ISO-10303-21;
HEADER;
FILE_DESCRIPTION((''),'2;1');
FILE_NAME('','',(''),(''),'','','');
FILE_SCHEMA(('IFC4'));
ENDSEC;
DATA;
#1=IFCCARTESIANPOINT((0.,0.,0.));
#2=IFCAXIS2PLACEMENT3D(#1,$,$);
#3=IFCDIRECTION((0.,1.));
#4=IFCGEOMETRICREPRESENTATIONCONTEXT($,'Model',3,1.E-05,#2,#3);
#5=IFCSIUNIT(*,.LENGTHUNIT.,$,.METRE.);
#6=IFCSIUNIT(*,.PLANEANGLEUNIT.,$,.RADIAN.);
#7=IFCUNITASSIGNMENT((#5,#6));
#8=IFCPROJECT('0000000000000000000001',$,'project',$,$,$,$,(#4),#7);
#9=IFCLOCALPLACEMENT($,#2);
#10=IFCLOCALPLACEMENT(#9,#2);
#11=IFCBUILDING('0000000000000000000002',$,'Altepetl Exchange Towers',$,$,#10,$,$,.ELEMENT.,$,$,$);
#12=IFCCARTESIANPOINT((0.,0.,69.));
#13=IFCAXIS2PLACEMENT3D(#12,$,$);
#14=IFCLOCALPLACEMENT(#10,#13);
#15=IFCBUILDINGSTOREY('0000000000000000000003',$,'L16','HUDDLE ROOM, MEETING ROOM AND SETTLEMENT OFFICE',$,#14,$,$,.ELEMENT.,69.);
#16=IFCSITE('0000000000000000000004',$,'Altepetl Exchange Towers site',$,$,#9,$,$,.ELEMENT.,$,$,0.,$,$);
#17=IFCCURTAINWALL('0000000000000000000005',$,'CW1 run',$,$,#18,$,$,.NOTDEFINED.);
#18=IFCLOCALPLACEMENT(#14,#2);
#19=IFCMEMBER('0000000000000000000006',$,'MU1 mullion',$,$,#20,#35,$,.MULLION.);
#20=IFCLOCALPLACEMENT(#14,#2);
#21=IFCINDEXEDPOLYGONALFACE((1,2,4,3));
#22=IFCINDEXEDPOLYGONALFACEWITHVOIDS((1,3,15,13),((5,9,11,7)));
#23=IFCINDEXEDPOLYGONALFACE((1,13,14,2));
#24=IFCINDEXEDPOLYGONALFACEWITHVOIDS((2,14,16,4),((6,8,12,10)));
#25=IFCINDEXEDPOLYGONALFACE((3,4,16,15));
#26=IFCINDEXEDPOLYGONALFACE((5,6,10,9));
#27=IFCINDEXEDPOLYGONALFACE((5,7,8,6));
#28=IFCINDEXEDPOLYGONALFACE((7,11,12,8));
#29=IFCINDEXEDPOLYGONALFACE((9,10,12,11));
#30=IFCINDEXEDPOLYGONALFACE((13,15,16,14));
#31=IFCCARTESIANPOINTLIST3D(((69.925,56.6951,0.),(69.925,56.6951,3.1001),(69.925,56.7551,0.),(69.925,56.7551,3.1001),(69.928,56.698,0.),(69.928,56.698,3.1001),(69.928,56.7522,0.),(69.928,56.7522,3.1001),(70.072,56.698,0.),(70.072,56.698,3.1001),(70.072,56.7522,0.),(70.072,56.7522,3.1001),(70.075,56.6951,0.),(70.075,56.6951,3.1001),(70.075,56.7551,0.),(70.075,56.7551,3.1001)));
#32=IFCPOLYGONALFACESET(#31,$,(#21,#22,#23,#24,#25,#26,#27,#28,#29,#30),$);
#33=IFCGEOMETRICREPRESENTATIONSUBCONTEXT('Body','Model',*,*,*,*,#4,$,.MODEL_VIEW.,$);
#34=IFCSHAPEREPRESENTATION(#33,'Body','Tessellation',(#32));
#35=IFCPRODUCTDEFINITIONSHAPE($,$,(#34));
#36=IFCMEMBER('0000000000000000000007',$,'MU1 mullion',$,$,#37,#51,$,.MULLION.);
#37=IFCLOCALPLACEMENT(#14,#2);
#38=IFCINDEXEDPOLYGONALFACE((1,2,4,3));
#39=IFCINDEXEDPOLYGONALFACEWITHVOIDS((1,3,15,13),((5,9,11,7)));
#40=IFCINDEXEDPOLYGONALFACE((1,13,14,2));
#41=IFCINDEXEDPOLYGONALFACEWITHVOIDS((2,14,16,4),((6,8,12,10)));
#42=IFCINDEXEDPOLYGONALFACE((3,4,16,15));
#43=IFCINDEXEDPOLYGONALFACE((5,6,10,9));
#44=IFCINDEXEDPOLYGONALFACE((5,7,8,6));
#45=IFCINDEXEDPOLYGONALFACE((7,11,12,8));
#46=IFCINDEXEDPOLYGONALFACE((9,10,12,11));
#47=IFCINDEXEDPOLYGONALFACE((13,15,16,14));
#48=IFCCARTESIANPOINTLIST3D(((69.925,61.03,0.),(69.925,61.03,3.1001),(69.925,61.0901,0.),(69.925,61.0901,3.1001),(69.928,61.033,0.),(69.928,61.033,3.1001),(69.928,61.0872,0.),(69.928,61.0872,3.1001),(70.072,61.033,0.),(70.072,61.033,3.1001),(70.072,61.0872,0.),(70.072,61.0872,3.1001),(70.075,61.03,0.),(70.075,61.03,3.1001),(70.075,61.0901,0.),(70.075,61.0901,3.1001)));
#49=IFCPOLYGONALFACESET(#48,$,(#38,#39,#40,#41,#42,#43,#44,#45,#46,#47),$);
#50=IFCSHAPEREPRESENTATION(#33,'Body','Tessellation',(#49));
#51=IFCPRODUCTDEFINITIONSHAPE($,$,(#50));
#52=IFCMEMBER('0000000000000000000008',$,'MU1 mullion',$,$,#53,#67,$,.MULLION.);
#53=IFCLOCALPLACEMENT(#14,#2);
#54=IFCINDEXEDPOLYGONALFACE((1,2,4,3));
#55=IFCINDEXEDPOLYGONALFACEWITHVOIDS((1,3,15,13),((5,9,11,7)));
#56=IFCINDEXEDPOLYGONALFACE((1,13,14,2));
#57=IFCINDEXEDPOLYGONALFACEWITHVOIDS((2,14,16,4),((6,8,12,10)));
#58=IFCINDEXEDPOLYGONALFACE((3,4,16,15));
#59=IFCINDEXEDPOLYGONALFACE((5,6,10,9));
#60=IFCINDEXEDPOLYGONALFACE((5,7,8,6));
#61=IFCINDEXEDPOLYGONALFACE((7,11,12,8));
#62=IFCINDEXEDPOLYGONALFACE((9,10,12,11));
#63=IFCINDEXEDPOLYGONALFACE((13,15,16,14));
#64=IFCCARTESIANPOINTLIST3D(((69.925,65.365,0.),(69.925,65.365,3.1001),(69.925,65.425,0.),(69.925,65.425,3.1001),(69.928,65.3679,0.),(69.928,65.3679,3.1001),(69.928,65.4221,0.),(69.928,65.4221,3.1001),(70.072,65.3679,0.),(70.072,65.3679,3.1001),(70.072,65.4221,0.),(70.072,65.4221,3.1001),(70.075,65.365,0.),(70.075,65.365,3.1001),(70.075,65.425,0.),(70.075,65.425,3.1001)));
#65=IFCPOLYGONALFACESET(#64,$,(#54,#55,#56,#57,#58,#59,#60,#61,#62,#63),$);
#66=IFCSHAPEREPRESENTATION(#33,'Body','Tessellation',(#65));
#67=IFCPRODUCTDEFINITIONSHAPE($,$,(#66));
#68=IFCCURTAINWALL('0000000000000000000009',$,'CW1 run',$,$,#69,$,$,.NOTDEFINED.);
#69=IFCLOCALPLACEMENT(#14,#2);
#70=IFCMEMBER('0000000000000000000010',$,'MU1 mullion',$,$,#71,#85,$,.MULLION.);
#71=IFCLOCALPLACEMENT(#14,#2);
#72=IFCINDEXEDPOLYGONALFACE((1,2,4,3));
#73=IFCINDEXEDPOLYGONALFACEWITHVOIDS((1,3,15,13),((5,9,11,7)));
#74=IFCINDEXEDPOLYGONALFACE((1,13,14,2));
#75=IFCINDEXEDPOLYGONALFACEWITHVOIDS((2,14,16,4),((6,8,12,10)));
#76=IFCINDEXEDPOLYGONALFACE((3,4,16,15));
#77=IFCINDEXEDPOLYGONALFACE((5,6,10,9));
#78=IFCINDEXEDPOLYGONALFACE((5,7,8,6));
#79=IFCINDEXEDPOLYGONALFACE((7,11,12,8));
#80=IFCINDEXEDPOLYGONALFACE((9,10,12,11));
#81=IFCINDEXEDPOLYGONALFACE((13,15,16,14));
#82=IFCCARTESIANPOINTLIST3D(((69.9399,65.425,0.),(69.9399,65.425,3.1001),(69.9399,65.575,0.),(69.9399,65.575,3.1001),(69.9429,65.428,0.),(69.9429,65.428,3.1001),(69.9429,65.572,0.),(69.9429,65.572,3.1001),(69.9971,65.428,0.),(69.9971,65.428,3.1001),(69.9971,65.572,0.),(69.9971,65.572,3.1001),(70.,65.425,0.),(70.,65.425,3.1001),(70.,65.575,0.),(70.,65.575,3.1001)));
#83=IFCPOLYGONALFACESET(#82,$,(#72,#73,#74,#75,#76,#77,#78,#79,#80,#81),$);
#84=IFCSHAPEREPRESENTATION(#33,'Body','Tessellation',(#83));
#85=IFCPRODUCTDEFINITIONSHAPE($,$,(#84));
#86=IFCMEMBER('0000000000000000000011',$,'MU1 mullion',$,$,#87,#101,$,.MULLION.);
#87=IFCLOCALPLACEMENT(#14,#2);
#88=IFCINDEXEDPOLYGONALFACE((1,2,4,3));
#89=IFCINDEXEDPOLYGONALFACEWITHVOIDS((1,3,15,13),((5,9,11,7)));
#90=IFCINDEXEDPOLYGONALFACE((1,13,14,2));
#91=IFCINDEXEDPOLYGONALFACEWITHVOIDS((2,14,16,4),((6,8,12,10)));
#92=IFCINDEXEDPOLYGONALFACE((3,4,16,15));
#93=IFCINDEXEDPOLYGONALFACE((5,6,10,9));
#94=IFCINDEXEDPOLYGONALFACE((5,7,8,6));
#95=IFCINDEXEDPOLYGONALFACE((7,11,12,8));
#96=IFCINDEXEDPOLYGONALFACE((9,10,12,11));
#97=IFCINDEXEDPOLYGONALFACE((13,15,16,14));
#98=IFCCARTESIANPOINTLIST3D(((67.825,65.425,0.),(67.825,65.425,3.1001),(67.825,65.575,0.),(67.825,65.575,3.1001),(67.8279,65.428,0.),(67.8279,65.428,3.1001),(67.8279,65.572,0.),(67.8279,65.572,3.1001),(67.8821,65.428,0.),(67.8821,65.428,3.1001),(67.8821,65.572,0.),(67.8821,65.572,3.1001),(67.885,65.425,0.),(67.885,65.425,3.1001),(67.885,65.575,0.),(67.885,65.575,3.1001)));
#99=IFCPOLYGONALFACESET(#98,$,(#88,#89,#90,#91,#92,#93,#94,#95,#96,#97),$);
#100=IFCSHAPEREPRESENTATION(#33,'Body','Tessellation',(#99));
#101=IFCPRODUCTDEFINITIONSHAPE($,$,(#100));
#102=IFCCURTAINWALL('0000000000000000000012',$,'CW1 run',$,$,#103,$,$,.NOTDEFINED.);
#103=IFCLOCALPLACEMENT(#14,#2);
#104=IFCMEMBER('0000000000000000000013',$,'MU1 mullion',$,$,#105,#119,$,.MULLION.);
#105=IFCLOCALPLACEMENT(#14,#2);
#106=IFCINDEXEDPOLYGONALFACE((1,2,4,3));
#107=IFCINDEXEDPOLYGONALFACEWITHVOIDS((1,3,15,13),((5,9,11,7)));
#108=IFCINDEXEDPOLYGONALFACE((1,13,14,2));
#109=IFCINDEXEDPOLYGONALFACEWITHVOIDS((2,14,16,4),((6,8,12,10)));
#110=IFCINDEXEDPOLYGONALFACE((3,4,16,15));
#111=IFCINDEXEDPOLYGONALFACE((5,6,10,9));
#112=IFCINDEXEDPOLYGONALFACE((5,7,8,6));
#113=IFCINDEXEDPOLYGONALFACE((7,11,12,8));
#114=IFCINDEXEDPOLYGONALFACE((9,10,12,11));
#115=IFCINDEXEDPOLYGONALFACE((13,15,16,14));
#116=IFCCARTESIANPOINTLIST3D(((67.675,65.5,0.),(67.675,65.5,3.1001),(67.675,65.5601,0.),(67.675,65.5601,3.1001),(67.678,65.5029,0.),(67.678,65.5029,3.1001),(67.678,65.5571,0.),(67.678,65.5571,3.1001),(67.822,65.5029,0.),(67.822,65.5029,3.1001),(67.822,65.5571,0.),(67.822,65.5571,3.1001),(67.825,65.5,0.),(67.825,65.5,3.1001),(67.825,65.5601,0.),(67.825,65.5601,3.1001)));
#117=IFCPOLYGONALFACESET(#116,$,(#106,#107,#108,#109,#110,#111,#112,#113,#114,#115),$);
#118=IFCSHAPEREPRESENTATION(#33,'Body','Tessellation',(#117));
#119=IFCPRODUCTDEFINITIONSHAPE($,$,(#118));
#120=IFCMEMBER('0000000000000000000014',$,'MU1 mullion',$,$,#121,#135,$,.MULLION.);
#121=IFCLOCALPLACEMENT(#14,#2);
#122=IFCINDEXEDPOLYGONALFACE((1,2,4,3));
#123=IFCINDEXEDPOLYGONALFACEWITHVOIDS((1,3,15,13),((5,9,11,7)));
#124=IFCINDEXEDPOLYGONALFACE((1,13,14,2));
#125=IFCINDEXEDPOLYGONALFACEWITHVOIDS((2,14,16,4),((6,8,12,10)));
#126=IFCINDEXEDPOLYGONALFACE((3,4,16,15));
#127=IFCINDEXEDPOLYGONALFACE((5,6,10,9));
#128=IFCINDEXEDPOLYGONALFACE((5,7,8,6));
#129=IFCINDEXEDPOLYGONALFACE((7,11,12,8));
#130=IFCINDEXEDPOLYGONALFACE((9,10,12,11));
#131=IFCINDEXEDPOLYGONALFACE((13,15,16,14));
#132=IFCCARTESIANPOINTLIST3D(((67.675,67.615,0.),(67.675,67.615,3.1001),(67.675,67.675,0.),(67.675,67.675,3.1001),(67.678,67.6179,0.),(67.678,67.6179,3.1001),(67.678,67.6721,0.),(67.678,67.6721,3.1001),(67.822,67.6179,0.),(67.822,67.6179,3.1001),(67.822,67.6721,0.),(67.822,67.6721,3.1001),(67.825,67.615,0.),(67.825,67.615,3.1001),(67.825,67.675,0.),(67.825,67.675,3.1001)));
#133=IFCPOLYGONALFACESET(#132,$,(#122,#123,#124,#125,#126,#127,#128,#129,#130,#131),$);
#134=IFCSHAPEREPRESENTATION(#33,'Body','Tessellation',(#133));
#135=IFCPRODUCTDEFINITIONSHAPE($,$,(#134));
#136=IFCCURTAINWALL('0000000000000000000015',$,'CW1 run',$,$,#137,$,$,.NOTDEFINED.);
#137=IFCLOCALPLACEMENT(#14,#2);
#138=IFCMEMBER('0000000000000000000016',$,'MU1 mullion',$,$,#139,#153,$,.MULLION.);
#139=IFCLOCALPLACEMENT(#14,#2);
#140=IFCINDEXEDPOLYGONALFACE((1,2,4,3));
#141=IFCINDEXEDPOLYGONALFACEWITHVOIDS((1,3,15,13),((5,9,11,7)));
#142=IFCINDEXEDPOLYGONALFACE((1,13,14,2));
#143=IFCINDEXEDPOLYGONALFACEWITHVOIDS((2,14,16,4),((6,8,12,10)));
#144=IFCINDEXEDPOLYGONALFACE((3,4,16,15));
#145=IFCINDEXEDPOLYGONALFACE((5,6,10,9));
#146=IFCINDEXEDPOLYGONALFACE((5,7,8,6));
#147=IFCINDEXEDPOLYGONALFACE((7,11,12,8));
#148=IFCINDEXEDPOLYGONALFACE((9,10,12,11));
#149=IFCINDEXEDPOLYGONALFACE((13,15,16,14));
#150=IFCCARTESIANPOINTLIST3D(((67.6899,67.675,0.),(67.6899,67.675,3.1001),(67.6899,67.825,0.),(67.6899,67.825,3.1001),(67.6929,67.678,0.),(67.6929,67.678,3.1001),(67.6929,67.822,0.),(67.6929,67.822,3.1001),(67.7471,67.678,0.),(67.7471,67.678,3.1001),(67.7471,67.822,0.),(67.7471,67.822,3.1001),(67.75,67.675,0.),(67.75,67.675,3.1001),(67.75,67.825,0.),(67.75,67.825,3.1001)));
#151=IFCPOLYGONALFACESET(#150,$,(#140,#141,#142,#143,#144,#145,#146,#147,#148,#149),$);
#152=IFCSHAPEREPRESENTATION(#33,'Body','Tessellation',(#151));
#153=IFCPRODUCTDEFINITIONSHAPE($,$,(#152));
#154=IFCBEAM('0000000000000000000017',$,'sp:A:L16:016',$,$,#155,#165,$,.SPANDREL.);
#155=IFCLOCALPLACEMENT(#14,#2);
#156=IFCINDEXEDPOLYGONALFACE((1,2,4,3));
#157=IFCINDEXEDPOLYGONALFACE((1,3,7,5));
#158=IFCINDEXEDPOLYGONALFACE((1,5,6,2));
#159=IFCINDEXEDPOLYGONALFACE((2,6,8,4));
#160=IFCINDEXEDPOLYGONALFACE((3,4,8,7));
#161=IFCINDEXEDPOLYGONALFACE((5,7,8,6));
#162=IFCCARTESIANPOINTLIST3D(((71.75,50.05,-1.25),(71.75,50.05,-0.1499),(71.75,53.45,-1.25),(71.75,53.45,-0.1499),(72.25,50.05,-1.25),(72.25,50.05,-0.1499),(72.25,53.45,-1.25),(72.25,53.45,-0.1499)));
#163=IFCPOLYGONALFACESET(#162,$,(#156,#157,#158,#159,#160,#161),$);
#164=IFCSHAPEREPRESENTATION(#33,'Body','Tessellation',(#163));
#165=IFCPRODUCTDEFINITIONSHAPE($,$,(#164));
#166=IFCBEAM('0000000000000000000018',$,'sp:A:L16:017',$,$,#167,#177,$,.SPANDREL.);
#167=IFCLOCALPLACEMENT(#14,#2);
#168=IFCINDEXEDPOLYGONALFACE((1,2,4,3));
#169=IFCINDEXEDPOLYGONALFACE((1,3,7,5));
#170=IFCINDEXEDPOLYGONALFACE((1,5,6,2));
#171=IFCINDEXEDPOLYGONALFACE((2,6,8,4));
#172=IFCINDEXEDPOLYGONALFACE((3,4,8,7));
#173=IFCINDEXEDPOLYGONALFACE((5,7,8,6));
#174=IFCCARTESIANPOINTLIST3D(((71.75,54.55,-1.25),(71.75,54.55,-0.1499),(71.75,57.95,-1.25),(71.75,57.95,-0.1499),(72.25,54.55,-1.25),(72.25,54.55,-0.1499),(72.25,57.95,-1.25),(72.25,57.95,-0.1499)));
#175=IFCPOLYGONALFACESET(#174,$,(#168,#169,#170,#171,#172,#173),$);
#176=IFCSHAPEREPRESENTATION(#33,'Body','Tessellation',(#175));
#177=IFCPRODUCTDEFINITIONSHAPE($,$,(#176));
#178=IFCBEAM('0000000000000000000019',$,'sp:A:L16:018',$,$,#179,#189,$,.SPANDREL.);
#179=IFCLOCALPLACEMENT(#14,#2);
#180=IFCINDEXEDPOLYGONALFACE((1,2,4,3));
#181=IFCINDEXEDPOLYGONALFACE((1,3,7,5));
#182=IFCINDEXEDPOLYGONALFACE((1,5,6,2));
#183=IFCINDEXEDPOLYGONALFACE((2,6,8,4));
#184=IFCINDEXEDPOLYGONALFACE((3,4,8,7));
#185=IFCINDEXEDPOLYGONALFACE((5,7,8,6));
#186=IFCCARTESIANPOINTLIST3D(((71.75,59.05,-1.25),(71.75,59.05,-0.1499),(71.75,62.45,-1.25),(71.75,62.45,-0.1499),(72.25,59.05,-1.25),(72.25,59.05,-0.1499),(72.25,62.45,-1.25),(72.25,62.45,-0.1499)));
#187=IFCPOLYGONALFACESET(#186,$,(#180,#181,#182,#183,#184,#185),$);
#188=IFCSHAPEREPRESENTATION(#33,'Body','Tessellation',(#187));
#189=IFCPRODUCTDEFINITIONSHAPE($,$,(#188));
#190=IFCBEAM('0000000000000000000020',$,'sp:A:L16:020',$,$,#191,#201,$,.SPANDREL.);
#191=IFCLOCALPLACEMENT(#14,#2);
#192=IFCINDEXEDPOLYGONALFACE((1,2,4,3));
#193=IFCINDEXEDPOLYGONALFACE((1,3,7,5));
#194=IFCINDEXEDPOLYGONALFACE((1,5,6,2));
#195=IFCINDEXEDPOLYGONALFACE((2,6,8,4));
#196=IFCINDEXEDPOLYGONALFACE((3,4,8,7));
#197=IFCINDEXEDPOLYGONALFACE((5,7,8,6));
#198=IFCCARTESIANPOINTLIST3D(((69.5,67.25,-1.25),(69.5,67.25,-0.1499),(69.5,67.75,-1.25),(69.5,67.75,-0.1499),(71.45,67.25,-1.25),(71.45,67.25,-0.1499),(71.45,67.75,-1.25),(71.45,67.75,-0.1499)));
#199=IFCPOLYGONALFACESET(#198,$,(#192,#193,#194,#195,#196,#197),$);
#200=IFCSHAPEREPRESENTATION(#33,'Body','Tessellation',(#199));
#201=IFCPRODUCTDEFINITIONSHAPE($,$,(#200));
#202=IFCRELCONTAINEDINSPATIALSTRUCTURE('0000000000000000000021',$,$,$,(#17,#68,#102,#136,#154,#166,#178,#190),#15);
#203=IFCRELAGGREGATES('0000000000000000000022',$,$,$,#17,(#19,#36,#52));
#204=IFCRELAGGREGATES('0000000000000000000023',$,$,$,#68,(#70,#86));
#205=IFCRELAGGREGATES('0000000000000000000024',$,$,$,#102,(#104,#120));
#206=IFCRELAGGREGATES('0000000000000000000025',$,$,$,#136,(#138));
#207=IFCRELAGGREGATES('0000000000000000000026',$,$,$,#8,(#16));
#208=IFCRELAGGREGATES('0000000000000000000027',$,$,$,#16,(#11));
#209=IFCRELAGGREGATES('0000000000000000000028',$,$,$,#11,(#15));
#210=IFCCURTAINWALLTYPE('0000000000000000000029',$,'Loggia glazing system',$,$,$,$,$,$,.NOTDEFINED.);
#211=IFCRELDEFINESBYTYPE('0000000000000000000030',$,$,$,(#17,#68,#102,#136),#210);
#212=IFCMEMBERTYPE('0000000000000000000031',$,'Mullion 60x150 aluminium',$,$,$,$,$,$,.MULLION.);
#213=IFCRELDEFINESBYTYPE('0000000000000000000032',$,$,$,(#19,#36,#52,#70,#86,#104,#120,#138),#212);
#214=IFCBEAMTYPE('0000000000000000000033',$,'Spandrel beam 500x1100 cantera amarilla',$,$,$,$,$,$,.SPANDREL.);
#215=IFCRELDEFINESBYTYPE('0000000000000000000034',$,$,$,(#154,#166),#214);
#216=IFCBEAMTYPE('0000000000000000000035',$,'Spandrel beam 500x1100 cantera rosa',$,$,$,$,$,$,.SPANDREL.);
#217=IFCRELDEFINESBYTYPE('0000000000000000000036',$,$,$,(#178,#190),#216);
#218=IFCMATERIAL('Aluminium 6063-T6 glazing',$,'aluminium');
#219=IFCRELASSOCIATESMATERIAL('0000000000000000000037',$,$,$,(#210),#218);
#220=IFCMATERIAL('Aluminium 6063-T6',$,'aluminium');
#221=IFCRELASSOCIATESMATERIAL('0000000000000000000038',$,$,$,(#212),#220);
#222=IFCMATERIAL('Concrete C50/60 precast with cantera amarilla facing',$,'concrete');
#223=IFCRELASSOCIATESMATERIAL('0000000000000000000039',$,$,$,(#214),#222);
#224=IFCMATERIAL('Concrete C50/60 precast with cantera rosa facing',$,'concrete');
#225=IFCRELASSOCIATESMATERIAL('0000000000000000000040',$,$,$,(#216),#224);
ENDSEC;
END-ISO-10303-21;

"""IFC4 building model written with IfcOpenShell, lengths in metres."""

from ifc_helpers import new_model, si_unit, direction, frame, origin, origin_2d, place, context, subcontext, project, spatial, rectangle, hollow_rectangle, extrude, material, material_profile, profile_set, type_object, element, aggregate, save


model = new_model("IFC4")

# Units and contexts
model_context = context("Model", 3, precision=1e-05, world=origin(), true_north=direction((0.0, 1.0)))
body_context = subcontext(model_context, "Body", "Model", "MODEL_VIEW")
ifc_project = project(units=[si_unit("LENGTHUNIT", "METRE"), si_unit("PLANEANGLEUNIT", "RADIAN")], contexts=[model_context])

# Site, building, storey
site_placement = place(None, origin())
site = spatial("IfcSite", under=ifc_project, at=site_placement, Name="Altepetl Exchange Towers site", CompositionType="ELEMENT", RefElevation=0.0)
building_placement = place(site_placement, origin())
building = spatial("IfcBuilding", under=site, at=building_placement, Name="Altepetl Exchange Towers", CompositionType="ELEMENT")
storey_placement = place(building_placement, frame((0.0, 0.0, 69.0)))
storey = spatial("IfcBuildingStorey", under=building, at=storey_placement, Name="L16", Description="HUDDLE ROOM, MEETING ROOM AND SETTLEMENT OFFICE", CompositionType="ELEMENT", Elevation=69.0)

# Curtain walls, members
ifc_material_1 = material(Name="Aluminium 6063-T6 glazing", Category="aluminium")
curtain_wall_type = type_object("IfcCurtainWallType", Name="Loggia glazing system", PredefinedType="NOTDEFINED", material=ifc_material_1)
ifc_material_2 = material(Name="Aluminium 6063-T6", Category="aluminium")
ifc_material_profile_1 = material_profile(ifc_material_2, hollow_rectangle(XDim=0.0601, YDim=0.1499, WallThickness=0.0029, at=origin_2d()), Name="Mullion 60x150 aluminium")
ifc_profile_set_1 = profile_set([ifc_material_profile_1], Name="Aluminium 6063-T6")
member_type = type_object("IfcMemberType", Name="Mullion 60x150 aluminium", PredefinedType="MULLION", material=ifc_profile_set_1)
curtain_wall_1_placement = place(storey_placement, origin())
curtain_wall_1 = element("IfcCurtainWall", 1, at=curtain_wall_1_placement, inside=storey, type_object=curtain_wall_type, Name="CW1 run", PredefinedType="NOTDEFINED")
member_1_placement = place(storey_placement, frame((70.0, 56.7251, 0.0), z_axis=(0.0, 0.0, 1.0), x_axis=(0.0, 1.0, 0.0)))
member_1 = element("IfcMember", 2, at=member_1_placement, type_object=member_type, Name="MU1 mullion", PredefinedType="MULLION", context=body_context, shape_type="SweptSolid", body=[
    extrude(hollow_rectangle(XDim=0.0601, YDim=0.1499, WallThickness=0.0029, at=origin_2d()), origin(), (0.0, 0.0, 1.0), 3.1001),
])
member_2_placement = place(storey_placement, frame((70.0, 61.0601, 0.0), z_axis=(0.0, 0.0, 1.0), x_axis=(0.0, 1.0, 0.0)))
member_2 = element("IfcMember", 3, at=member_2_placement, type_object=member_type, Name="MU1 mullion", PredefinedType="MULLION", context=body_context, shape_type="SweptSolid", body=[
    extrude(hollow_rectangle(XDim=0.0601, YDim=0.1499, WallThickness=0.0029, at=origin_2d()), origin(), (0.0, 0.0, 1.0), 3.1001),
])
member_3_placement = place(storey_placement, frame((70.0, 65.395, 0.0), z_axis=(0.0, 0.0, 1.0), x_axis=(0.0, 1.0, 0.0)))
member_3 = element("IfcMember", 4, at=member_3_placement, type_object=member_type, Name="MU1 mullion", PredefinedType="MULLION", context=body_context, shape_type="SweptSolid", body=[
    extrude(hollow_rectangle(XDim=0.0601, YDim=0.1499, WallThickness=0.0029, at=origin_2d()), origin(), (0.0, 0.0, 1.0), 3.1001),
])
curtain_wall_2_placement = place(storey_placement, origin())
curtain_wall_2 = element("IfcCurtainWall", 5, at=curtain_wall_2_placement, inside=storey, type_object=curtain_wall_type, Name="CW1 run", PredefinedType="NOTDEFINED")
member_4_placement = place(storey_placement, frame((69.97, 65.5, 0.0), z_axis=(0.0, 0.0, 1.0), x_axis=(-1.0, 0.0, 0.0)))
member_4 = element("IfcMember", 6, at=member_4_placement, type_object=member_type, Name="MU1 mullion", PredefinedType="MULLION", context=body_context, shape_type="SweptSolid", body=[
    extrude(hollow_rectangle(XDim=0.0601, YDim=0.1499, WallThickness=0.0029, at=origin_2d()), origin(), (0.0, 0.0, 1.0), 3.1001),
])
member_5_placement = place(storey_placement, frame((67.855, 65.5, 0.0), z_axis=(0.0, 0.0, 1.0), x_axis=(-1.0, 0.0, 0.0)))
member_5 = element("IfcMember", 7, at=member_5_placement, type_object=member_type, Name="MU1 mullion", PredefinedType="MULLION", context=body_context, shape_type="SweptSolid", body=[
    extrude(hollow_rectangle(XDim=0.0601, YDim=0.1499, WallThickness=0.0029, at=origin_2d()), origin(), (0.0, 0.0, 1.0), 3.1001),
])
curtain_wall_3_placement = place(storey_placement, origin())
curtain_wall_3 = element("IfcCurtainWall", 8, at=curtain_wall_3_placement, inside=storey, type_object=curtain_wall_type, Name="CW1 run", PredefinedType="NOTDEFINED")
member_6_placement = place(storey_placement, frame((67.75, 65.53, 0.0), z_axis=(0.0, 0.0, 1.0), x_axis=(0.0, 1.0, 0.0)))
member_6 = element("IfcMember", 9, at=member_6_placement, type_object=member_type, Name="MU1 mullion", PredefinedType="MULLION", context=body_context, shape_type="SweptSolid", body=[
    extrude(hollow_rectangle(XDim=0.0601, YDim=0.1499, WallThickness=0.0029, at=origin_2d()), origin(), (0.0, 0.0, 1.0), 3.1001),
])
member_7_placement = place(storey_placement, frame((67.75, 67.645, 0.0), z_axis=(0.0, 0.0, 1.0), x_axis=(0.0, 1.0, 0.0)))
member_7 = element("IfcMember", 10, at=member_7_placement, type_object=member_type, Name="MU1 mullion", PredefinedType="MULLION", context=body_context, shape_type="SweptSolid", body=[
    extrude(hollow_rectangle(XDim=0.0601, YDim=0.1499, WallThickness=0.0029, at=origin_2d()), origin(), (0.0, 0.0, 1.0), 3.1001),
])

# Curtain wall, member
curtain_wall_4_placement = place(storey_placement, origin())
curtain_wall_4 = element("IfcCurtainWall", 11, at=curtain_wall_4_placement, inside=storey, type_object=curtain_wall_type, Name="CW1 run", PredefinedType="NOTDEFINED")
member_8_placement = place(storey_placement, frame((67.72, 67.75, 0.0), z_axis=(0.0, 0.0, 1.0), x_axis=(-1.0, 0.0, 0.0)))
member_8 = element("IfcMember", 12, at=member_8_placement, type_object=member_type, Name="MU1 mullion", PredefinedType="MULLION", context=body_context, shape_type="SweptSolid", body=[
    extrude(hollow_rectangle(XDim=0.0601, YDim=0.1499, WallThickness=0.0029, at=origin_2d()), origin(), (0.0, 0.0, 1.0), 3.1001),
])

# Beams
ifc_material_3 = material(Name="Concrete C50/60 precast with cantera amarilla facing", Category="concrete")
ifc_material_profile_2 = material_profile(ifc_material_3, rectangle(XDim=0.5, YDim=1.1001, at=origin_2d()), Name="500 x 1100")
ifc_profile_set_2 = profile_set([ifc_material_profile_2], Name="Concrete C50/60 precast with cantera amarilla facing")
beam_type_1 = type_object("IfcBeamType", Name="Spandrel beam 500x1100 cantera amarilla", PredefinedType="SPANDREL", material=ifc_profile_set_2)
for number, where, z_axis, x_axis, name in (
    (13, (72.0, 50.05, -0.7), (0.0, 1.0, 0.0), (-1.0, 0.0, 0.0), "sp:A:L16:016"),
    (14, (72.0, 54.55, -0.7), (0.0, 1.0, 0.0), (-1.0, 0.0, 0.0), "sp:A:L16:017"),
):
    element("IfcBeam", number, at=place(storey_placement, frame(where, z_axis=z_axis, x_axis=x_axis)), inside=storey, type_object=beam_type_1, Name=name, PredefinedType="SPANDREL", context=body_context, shape_type="SweptSolid", body=[
        extrude(rectangle(XDim=0.5, YDim=1.1001, at=origin_2d()), origin(), (0.0, 0.0, 1.0), 3.3999),
    ])
ifc_material_4 = material(Name="Concrete C50/60 precast with cantera rosa facing", Category="concrete")
ifc_material_profile_3 = material_profile(ifc_material_4, rectangle(XDim=0.5, YDim=1.1001, at=origin_2d()), Name="500 x 1100")
ifc_profile_set_3 = profile_set([ifc_material_profile_3], Name="Concrete C50/60 precast with cantera rosa facing")
beam_type_2 = type_object("IfcBeamType", Name="Spandrel beam 500x1100 cantera rosa", PredefinedType="SPANDREL", material=ifc_profile_set_3)
beam_1_placement = place(storey_placement, frame((72.0, 59.05, -0.7), z_axis=(0.0, 1.0, 0.0), x_axis=(-1.0, 0.0, 0.0)))
element("IfcBeam", 15, at=beam_1_placement, inside=storey, type_object=beam_type_2, Name="sp:A:L16:018", PredefinedType="SPANDREL", context=body_context, shape_type="SweptSolid", body=[
    extrude(rectangle(XDim=0.5, YDim=1.1001, at=origin_2d()), origin(), (0.0, 0.0, 1.0), 3.3999),
])
beam_2_placement = place(storey_placement, frame((71.45, 67.5, -0.7), z_axis=(-1.0, 0.0, 0.0), x_axis=(0.0, -1.0, 0.0)))
element("IfcBeam", 16, at=beam_2_placement, inside=storey, type_object=beam_type_2, Name="sp:A:L16:020", PredefinedType="SPANDREL", context=body_context, shape_type="SweptSolid", body=[
    extrude(rectangle(XDim=0.5, YDim=1.1001, at=origin_2d()), origin(), (0.0, 0.0, 1.0), 1.95),
])

aggregate(curtain_wall_1, [member_1, member_2, member_3])
aggregate(curtain_wall_2, [member_4, member_5])
aggregate(curtain_wall_3, [member_6, member_7])
aggregate(curtain_wall_4, [member_8])

save(model, "model.ifc")
